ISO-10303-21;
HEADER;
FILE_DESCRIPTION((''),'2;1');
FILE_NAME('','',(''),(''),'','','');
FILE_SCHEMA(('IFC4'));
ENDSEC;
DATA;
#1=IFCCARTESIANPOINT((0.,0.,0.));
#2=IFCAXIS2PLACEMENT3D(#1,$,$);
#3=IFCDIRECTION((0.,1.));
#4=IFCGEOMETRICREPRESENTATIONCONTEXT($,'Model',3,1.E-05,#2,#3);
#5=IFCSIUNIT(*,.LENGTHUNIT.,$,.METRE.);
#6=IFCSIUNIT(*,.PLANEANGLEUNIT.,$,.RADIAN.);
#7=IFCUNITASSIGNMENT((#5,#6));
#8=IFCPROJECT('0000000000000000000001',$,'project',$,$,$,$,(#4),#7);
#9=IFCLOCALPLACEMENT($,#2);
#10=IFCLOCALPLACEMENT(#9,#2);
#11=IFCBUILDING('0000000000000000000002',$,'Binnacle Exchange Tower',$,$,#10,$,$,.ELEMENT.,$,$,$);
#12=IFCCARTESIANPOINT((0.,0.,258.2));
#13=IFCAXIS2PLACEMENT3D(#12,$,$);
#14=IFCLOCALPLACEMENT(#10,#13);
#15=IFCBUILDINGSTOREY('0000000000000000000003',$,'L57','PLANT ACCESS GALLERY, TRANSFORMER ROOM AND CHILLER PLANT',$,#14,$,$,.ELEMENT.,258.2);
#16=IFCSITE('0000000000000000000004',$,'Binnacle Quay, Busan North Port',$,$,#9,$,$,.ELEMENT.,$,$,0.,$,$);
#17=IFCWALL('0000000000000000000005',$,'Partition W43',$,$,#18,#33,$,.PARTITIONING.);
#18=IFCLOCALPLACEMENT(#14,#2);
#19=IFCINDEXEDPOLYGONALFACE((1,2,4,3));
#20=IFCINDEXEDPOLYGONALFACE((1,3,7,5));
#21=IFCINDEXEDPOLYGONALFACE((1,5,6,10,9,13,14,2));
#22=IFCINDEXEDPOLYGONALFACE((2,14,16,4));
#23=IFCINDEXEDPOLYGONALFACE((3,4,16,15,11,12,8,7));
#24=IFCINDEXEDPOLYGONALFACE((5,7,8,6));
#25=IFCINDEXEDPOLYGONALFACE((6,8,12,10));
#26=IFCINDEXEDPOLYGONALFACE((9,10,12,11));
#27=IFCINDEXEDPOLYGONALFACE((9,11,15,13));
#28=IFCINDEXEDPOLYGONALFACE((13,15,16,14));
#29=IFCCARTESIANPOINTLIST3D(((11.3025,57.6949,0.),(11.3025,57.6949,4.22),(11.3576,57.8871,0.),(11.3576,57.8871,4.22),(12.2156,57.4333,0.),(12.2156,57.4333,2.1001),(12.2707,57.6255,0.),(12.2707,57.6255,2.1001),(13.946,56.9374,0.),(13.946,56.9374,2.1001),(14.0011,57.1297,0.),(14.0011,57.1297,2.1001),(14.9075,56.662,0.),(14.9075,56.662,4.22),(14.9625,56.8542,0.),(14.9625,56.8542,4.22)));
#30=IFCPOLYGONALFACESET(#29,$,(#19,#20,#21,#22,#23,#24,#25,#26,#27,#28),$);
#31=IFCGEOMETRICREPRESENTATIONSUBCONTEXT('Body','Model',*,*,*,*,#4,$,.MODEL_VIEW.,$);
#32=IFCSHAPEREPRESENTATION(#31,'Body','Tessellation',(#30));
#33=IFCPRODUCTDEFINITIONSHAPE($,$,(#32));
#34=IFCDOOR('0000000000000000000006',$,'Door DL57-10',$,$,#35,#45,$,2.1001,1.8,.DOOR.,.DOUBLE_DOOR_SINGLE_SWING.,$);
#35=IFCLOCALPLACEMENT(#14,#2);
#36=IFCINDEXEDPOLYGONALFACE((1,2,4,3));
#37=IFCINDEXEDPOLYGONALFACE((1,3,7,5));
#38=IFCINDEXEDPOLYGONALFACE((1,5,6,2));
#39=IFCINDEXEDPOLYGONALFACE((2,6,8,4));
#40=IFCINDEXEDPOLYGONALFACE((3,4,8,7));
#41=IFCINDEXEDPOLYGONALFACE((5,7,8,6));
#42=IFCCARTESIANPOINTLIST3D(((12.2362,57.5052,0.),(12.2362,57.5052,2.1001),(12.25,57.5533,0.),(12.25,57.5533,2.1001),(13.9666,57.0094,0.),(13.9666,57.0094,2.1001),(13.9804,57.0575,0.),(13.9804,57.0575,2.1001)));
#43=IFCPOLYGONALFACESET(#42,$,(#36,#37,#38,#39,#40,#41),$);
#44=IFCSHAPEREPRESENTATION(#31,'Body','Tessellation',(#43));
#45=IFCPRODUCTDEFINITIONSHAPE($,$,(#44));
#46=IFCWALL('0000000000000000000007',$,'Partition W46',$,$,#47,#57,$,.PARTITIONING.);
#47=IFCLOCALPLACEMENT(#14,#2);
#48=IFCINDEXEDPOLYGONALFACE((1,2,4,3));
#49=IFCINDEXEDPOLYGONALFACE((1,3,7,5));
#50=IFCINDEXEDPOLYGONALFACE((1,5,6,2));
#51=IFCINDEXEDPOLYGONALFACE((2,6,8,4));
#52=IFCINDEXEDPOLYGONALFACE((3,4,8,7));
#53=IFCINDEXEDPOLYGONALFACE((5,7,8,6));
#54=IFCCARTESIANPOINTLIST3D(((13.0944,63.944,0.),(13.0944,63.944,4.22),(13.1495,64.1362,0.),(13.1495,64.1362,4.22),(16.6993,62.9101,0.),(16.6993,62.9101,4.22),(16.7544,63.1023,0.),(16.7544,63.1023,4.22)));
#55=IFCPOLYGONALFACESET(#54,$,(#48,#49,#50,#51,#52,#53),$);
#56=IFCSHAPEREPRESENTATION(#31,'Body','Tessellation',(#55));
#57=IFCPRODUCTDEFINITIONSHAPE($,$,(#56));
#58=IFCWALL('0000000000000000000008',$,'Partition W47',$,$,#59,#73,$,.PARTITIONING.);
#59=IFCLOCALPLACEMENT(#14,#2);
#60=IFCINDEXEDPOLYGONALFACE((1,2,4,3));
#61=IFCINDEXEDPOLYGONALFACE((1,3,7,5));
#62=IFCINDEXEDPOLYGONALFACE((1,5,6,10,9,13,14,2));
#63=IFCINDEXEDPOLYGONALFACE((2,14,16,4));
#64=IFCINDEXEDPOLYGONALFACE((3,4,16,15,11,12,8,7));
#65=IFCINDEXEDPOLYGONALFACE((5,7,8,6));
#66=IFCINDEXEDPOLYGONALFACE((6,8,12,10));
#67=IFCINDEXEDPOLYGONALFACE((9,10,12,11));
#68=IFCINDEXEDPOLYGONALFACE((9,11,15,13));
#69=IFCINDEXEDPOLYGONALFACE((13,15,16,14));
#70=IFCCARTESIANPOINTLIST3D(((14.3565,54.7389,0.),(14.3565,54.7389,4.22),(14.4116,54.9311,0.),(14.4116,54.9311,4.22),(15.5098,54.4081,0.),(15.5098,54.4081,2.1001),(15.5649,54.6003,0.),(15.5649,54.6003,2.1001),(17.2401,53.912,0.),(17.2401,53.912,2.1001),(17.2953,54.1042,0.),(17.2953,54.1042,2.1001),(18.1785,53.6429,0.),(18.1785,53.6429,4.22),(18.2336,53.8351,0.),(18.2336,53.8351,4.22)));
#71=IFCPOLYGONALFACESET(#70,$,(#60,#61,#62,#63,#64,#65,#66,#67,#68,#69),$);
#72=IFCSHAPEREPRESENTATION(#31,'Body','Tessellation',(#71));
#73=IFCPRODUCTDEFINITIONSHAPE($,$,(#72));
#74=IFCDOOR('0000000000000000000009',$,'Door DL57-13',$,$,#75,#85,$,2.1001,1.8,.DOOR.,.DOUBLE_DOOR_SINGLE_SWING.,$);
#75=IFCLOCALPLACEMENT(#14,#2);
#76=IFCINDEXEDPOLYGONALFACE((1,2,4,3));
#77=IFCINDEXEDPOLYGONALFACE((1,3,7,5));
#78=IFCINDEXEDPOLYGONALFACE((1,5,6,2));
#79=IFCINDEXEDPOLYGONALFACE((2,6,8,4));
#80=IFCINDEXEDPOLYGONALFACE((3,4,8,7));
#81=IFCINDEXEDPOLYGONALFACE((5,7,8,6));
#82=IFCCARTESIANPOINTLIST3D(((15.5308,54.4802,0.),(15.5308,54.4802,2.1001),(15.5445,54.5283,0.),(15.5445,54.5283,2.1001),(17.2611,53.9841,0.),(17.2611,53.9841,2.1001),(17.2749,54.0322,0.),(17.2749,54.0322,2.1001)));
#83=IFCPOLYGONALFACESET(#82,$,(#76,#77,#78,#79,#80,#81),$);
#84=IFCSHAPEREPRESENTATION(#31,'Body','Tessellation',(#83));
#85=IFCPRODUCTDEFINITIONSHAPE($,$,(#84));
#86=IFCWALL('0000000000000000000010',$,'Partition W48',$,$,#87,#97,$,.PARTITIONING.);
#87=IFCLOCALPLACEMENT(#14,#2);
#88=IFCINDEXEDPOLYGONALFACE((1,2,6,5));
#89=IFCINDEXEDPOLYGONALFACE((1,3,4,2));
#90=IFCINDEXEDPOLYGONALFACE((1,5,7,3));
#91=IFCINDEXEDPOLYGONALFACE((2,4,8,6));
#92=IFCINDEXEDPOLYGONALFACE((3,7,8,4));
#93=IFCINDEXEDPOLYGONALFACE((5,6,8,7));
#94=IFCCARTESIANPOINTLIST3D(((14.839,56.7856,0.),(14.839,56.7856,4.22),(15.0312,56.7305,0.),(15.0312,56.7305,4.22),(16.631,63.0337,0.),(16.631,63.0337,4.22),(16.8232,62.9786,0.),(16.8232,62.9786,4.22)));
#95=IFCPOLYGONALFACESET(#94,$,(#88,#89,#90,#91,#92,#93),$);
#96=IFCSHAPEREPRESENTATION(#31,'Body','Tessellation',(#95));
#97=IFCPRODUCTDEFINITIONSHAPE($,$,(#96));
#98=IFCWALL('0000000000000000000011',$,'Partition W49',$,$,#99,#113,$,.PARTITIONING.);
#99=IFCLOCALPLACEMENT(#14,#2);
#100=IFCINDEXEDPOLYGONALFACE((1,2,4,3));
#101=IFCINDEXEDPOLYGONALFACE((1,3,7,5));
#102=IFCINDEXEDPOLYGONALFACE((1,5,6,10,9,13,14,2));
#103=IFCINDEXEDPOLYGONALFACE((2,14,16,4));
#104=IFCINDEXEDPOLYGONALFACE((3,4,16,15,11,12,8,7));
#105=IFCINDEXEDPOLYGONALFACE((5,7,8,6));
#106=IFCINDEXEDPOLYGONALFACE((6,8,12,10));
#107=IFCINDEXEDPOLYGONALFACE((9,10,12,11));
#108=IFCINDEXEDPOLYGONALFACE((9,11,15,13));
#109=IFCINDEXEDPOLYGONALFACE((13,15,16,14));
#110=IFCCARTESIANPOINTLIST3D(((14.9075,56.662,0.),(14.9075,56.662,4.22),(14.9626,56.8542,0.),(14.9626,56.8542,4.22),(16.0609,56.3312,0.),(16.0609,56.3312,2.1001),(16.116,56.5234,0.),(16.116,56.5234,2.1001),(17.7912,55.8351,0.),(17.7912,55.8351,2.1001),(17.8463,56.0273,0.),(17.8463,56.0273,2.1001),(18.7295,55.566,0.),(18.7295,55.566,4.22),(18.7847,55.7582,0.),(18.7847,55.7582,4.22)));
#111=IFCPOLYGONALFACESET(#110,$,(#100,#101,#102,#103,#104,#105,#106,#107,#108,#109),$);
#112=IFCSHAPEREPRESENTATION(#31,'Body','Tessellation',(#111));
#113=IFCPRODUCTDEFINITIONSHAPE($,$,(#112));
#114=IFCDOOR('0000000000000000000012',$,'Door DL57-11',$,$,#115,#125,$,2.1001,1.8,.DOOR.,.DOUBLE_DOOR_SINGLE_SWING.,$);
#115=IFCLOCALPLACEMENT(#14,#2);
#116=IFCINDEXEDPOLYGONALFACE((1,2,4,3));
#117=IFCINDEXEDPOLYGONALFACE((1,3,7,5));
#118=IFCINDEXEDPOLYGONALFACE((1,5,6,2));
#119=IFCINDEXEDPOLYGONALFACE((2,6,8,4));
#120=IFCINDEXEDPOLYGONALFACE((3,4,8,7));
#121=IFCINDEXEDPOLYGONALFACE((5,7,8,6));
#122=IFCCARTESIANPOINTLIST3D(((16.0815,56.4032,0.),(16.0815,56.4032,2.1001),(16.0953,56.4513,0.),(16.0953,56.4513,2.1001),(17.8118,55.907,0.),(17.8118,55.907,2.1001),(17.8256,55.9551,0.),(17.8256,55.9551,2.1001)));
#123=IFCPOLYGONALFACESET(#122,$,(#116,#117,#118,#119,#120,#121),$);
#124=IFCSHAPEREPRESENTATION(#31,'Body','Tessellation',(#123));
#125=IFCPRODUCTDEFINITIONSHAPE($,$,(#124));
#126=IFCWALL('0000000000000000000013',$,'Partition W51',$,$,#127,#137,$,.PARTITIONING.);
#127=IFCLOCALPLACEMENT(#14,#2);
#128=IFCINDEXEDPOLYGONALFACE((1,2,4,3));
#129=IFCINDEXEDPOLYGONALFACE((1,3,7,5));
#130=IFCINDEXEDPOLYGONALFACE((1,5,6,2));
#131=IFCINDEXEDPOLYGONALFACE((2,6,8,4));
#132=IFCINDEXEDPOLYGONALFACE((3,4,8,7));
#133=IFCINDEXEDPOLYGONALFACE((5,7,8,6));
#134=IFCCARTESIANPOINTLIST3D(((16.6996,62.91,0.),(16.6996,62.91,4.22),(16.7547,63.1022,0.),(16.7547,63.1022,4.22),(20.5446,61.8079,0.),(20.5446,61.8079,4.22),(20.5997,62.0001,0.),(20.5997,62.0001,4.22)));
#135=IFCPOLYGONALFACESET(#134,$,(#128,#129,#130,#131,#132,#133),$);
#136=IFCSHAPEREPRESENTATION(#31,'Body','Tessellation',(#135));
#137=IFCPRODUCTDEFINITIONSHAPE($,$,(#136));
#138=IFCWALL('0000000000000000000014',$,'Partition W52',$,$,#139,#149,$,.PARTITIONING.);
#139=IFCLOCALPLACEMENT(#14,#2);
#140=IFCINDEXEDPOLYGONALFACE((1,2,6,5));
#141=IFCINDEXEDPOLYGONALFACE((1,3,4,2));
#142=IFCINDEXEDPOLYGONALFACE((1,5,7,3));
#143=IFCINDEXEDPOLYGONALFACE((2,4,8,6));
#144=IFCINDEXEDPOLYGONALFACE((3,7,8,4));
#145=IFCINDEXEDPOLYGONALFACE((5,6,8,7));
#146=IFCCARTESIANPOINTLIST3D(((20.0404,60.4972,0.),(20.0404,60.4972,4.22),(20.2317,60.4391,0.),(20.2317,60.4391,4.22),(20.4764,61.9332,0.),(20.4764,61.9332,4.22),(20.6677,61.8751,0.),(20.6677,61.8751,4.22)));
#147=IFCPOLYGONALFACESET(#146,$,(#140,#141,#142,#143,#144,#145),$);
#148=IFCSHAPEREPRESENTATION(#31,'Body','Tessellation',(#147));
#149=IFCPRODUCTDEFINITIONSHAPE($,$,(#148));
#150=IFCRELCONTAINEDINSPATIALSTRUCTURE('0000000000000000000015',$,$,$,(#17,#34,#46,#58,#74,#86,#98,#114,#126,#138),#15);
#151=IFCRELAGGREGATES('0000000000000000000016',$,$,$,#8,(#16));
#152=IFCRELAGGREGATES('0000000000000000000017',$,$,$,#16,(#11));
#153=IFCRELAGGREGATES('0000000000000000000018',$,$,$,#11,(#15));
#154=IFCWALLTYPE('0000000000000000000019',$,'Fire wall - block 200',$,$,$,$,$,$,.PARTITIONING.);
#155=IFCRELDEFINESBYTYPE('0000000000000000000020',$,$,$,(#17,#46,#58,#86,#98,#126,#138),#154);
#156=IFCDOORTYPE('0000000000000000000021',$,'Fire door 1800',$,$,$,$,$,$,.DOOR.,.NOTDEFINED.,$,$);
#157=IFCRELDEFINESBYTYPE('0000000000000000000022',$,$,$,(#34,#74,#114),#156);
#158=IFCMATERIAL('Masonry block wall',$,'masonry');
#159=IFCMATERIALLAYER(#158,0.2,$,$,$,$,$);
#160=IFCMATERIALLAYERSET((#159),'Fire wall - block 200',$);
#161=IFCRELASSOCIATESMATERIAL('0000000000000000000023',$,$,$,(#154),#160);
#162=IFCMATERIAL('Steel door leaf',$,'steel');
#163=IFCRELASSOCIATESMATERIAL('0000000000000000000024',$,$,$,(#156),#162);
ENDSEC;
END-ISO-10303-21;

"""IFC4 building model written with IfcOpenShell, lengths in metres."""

from ifc_helpers import new_model, si_unit, direction, frame, frame_2d, origin, place, context, subcontext, project, spatial, rectangle, extrude, material, layer, layer_set, type_object, element, fill, save


model = new_model("IFC4")

# Units and contexts
model_context = context("Model", 3, precision=1e-05, world=origin(), true_north=direction((0.0, 1.0)))
body_context = subcontext(model_context, "Body", "Model", "MODEL_VIEW")
ifc_project = project(units=[si_unit("LENGTHUNIT", "METRE"), si_unit("PLANEANGLEUNIT", "RADIAN")], contexts=[model_context])

# Site, building, storey
site_placement = place(None, origin())
site = spatial("IfcSite", under=ifc_project, at=site_placement, Name="Binnacle Quay, Busan North Port", CompositionType="ELEMENT", RefElevation=0.0)
building_placement = place(site_placement, origin())
building = spatial("IfcBuilding", under=site, at=building_placement, Name="Binnacle Exchange Tower", CompositionType="ELEMENT")
storey_placement = place(building_placement, frame((0.0, 0.0, 258.2)))
storey = spatial("IfcBuildingStorey", under=building, at=storey_placement, Name="L57", Description="PLANT ACCESS GALLERY, TRANSFORMER ROOM AND CHILLER PLANT", CompositionType="ELEMENT", Elevation=258.2)

# Shared definitions
ifc_material_1 = material(Name="Steel door leaf", Category="steel")
ifc_material_2 = material(Name="Masonry block wall", Category="masonry")
ifc_layer_1 = layer(ifc_material_2, 0.2)
ifc_layer_set_1 = layer_set([ifc_layer_1], Name="Fire wall - block 200")
wall_type_1 = type_object("IfcWallType", Name="Fire wall - block 200", PredefinedType="PARTITIONING", material=ifc_layer_set_1)
door_type_1 = type_object("IfcDoorType", Name="Fire door 1800", OperationType="NOTDEFINED", PredefinedType="DOOR", material=ifc_material_1)

# Wall, opening, door
wall_1_placement = place(storey_placement, frame((11.3301, 57.791, 0.0), z_axis=(0.0, 0.0, 1.0), x_axis=(0.961315, -0.275452, 0.0)))
wall_1 = element("IfcWall", 1, at=wall_1_placement, inside=storey, type_object=wall_type_1, Name="Partition W43", PredefinedType="PARTITIONING", context=body_context, shape_type="SweptSolid", body=[
    extrude(rectangle(XDim=3.75, YDim=0.2, at=frame_2d((1.875, 0.0))), origin(), (0.0, 0.0, 1.0), 4.22),
])
opening_1_placement = place(wall_1_placement, frame((0.95, 0.0, 0.0)))
opening_1 = element("IfcOpeningElement", 2, at=opening_1_placement, cuts=wall_1, PredefinedType="OPENING", context=body_context, shape_type="SweptSolid", body=[
    extrude(rectangle(XDim=1.8, YDim=2.1001, at=frame_2d((0.8999, 1.05))), frame((0.0, 0.1099, 0.0), z_axis=(0.0, -1.0, 0.0), x_axis=(1.0, 0.0, 0.0)), (0.0, 0.0, 1.0), 0.22),
])
door_1_placement = place(opening_1_placement, origin())
door_1 = element("IfcDoor", 3, at=door_1_placement, inside=storey, type_object=door_type_1, Name="Door DL57-10", OperationType="DOUBLE_DOOR_SINGLE_SWING", OverallHeight=2.1001, OverallWidth=1.8, PredefinedType="DOOR", context=body_context, shape_type="SweptSolid", body=[
    extrude(rectangle(XDim=1.8, YDim=2.1001, at=frame_2d((0.8999, 1.05))), frame((0.0, 0.0249, 0.0), z_axis=(0.0, -1.0, 0.0), x_axis=(1.0, 0.0, 0.0)), (0.0, 0.0, 1.0), 0.05),
])
fill(opening_1, door_1)

# Wall
wall_2_placement = place(storey_placement, frame((13.1221, 64.04, 0.0), z_axis=(0.0, 0.0, 1.0), x_axis=(0.961246, -0.275693, 0.0)))
element("IfcWall", 4, at=wall_2_placement, inside=storey, type_object=wall_type_1, Name="Partition W46", PredefinedType="PARTITIONING", context=body_context, shape_type="SweptSolid", body=[
    extrude(rectangle(XDim=3.7502, YDim=0.2, at=frame_2d((1.875, 0.0))), origin(), (0.0, 0.0, 1.0), 4.22),
])

# Wall, opening, door
wall_3_placement = place(storey_placement, frame((14.384, 54.835, 0.0), z_axis=(0.0, 0.0, 1.0), x_axis=(0.961262, -0.275637, 0.0)))
wall_3 = element("IfcWall", 5, at=wall_3_placement, inside=storey, type_object=wall_type_1, Name="Partition W47", PredefinedType="PARTITIONING", context=body_context, shape_type="SweptSolid", body=[
    extrude(rectangle(XDim=3.9761, YDim=0.2, at=frame_2d((1.988, 0.0))), origin(), (0.0, 0.0, 1.0), 4.22),
])
opening_2_placement = place(wall_3_placement, frame((1.2, 0.0, 0.0)))
opening_2 = element("IfcOpeningElement", 6, at=opening_2_placement, cuts=wall_3, PredefinedType="OPENING", context=body_context, shape_type="SweptSolid", body=[
    extrude(rectangle(XDim=1.8, YDim=2.1001, at=frame_2d((0.8999, 1.05))), frame((0.0, 0.1099, 0.0), z_axis=(0.0, -1.0, 0.0), x_axis=(1.0, 0.0, 0.0)), (0.0, 0.0, 1.0), 0.22),
])
door_2_placement = place(opening_2_placement, frame((1.8, 0.0, 0.0), z_axis=(0.0, 0.0, 1.0), x_axis=(-1.0, 0.0, 0.0)))
door_2 = element("IfcDoor", 7, at=door_2_placement, inside=storey, type_object=door_type_1, Name="Door DL57-13", OperationType="DOUBLE_DOOR_SINGLE_SWING", OverallHeight=2.1001, OverallWidth=1.8, PredefinedType="DOOR", context=body_context, shape_type="SweptSolid", body=[
    extrude(rectangle(XDim=1.8, YDim=2.1001, at=frame_2d((0.8999, 1.05))), frame((0.0, 0.0249, 0.0), z_axis=(0.0, -1.0, 0.0), x_axis=(1.0, 0.0, 0.0)), (0.0, 0.0, 1.0), 0.05),
])
fill(opening_2, door_2)

# Wall
wall_4_placement = place(storey_placement, frame((14.9351, 56.7581, 0.0), z_axis=(0.0, 0.0, 1.0), x_axis=(0.275693, 0.961246, 0.0)))
element("IfcWall", 8, at=wall_4_placement, inside=storey, type_object=wall_type_1, Name="Partition W48", PredefinedType="PARTITIONING", context=body_context, shape_type="SweptSolid", body=[
    extrude(rectangle(XDim=6.5, YDim=0.2, at=frame_2d((3.25, 0.0))), origin(), (0.0, 0.0, 1.0), 4.22),
])

# Wall, opening, door
wall_5_placement = place(storey_placement, frame((14.9351, 56.7581, 0.0), z_axis=(0.0, 0.0, 1.0), x_axis=(0.961262, -0.275637, 0.0)))
wall_5 = element("IfcWall", 9, at=wall_5_placement, inside=storey, type_object=wall_type_1, Name="Partition W49", PredefinedType="PARTITIONING", context=body_context, shape_type="SweptSolid", body=[
    extrude(rectangle(XDim=3.9761, YDim=0.2, at=frame_2d((1.988, 0.0))), origin(), (0.0, 0.0, 1.0), 4.22),
])
opening_3_placement = place(wall_5_placement, frame((1.2, 0.0, 0.0)))
opening_3 = element("IfcOpeningElement", 10, at=opening_3_placement, cuts=wall_5, PredefinedType="OPENING", context=body_context, shape_type="SweptSolid", body=[
    extrude(rectangle(XDim=1.8, YDim=2.1001, at=frame_2d((0.8999, 1.05))), frame((0.0, 0.1099, 0.0), z_axis=(0.0, -1.0, 0.0), x_axis=(1.0, 0.0, 0.0)), (0.0, 0.0, 1.0), 0.22),
])
door_3_placement = place(opening_3_placement, origin())
door_3 = element("IfcDoor", 11, at=door_3_placement, inside=storey, type_object=door_type_1, Name="Door DL57-11", OperationType="DOUBLE_DOOR_SINGLE_SWING", OverallHeight=2.1001, OverallWidth=1.8, PredefinedType="DOOR", context=body_context, shape_type="SweptSolid", body=[
    extrude(rectangle(XDim=1.8, YDim=2.1001, at=frame_2d((0.8999, 1.05))), frame((0.0, 0.0249, 0.0), z_axis=(0.0, -1.0, 0.0), x_axis=(1.0, 0.0, 0.0)), (0.0, 0.0, 1.0), 0.05),
])
fill(opening_3, door_3)

# Walls
wall_6_placement = place(storey_placement, frame((16.7271, 63.0061, 0.0), z_axis=(0.0, 0.0, 1.0), x_axis=(0.961293, -0.275527, 0.0)))
element("IfcWall", 12, at=wall_6_placement, inside=storey, type_object=wall_type_1, Name="Partition W51", PredefinedType="PARTITIONING", context=body_context, shape_type="SweptSolid", body=[
    extrude(rectangle(XDim=3.9998, YDim=0.2, at=frame_2d((2.0, 0.0))), origin(), (0.0, 0.0, 1.0), 4.22),
])
wall_7_placement = place(storey_placement, frame((20.136, 60.468, 0.0), z_axis=(0.0, 0.0, 1.0), x_axis=(0.29054, 0.956863, 0.0)))
element("IfcWall", 13, at=wall_7_placement, inside=storey, type_object=wall_type_1, Name="Partition W52", PredefinedType="PARTITIONING", context=body_context, shape_type="SweptSolid", body=[
    extrude(rectangle(XDim=1.5007, YDim=0.2, at=frame_2d((0.7505, 0.0))), origin(), (0.0, 0.0, 1.0), 4.22),
])

save(model, "model.ifc")
